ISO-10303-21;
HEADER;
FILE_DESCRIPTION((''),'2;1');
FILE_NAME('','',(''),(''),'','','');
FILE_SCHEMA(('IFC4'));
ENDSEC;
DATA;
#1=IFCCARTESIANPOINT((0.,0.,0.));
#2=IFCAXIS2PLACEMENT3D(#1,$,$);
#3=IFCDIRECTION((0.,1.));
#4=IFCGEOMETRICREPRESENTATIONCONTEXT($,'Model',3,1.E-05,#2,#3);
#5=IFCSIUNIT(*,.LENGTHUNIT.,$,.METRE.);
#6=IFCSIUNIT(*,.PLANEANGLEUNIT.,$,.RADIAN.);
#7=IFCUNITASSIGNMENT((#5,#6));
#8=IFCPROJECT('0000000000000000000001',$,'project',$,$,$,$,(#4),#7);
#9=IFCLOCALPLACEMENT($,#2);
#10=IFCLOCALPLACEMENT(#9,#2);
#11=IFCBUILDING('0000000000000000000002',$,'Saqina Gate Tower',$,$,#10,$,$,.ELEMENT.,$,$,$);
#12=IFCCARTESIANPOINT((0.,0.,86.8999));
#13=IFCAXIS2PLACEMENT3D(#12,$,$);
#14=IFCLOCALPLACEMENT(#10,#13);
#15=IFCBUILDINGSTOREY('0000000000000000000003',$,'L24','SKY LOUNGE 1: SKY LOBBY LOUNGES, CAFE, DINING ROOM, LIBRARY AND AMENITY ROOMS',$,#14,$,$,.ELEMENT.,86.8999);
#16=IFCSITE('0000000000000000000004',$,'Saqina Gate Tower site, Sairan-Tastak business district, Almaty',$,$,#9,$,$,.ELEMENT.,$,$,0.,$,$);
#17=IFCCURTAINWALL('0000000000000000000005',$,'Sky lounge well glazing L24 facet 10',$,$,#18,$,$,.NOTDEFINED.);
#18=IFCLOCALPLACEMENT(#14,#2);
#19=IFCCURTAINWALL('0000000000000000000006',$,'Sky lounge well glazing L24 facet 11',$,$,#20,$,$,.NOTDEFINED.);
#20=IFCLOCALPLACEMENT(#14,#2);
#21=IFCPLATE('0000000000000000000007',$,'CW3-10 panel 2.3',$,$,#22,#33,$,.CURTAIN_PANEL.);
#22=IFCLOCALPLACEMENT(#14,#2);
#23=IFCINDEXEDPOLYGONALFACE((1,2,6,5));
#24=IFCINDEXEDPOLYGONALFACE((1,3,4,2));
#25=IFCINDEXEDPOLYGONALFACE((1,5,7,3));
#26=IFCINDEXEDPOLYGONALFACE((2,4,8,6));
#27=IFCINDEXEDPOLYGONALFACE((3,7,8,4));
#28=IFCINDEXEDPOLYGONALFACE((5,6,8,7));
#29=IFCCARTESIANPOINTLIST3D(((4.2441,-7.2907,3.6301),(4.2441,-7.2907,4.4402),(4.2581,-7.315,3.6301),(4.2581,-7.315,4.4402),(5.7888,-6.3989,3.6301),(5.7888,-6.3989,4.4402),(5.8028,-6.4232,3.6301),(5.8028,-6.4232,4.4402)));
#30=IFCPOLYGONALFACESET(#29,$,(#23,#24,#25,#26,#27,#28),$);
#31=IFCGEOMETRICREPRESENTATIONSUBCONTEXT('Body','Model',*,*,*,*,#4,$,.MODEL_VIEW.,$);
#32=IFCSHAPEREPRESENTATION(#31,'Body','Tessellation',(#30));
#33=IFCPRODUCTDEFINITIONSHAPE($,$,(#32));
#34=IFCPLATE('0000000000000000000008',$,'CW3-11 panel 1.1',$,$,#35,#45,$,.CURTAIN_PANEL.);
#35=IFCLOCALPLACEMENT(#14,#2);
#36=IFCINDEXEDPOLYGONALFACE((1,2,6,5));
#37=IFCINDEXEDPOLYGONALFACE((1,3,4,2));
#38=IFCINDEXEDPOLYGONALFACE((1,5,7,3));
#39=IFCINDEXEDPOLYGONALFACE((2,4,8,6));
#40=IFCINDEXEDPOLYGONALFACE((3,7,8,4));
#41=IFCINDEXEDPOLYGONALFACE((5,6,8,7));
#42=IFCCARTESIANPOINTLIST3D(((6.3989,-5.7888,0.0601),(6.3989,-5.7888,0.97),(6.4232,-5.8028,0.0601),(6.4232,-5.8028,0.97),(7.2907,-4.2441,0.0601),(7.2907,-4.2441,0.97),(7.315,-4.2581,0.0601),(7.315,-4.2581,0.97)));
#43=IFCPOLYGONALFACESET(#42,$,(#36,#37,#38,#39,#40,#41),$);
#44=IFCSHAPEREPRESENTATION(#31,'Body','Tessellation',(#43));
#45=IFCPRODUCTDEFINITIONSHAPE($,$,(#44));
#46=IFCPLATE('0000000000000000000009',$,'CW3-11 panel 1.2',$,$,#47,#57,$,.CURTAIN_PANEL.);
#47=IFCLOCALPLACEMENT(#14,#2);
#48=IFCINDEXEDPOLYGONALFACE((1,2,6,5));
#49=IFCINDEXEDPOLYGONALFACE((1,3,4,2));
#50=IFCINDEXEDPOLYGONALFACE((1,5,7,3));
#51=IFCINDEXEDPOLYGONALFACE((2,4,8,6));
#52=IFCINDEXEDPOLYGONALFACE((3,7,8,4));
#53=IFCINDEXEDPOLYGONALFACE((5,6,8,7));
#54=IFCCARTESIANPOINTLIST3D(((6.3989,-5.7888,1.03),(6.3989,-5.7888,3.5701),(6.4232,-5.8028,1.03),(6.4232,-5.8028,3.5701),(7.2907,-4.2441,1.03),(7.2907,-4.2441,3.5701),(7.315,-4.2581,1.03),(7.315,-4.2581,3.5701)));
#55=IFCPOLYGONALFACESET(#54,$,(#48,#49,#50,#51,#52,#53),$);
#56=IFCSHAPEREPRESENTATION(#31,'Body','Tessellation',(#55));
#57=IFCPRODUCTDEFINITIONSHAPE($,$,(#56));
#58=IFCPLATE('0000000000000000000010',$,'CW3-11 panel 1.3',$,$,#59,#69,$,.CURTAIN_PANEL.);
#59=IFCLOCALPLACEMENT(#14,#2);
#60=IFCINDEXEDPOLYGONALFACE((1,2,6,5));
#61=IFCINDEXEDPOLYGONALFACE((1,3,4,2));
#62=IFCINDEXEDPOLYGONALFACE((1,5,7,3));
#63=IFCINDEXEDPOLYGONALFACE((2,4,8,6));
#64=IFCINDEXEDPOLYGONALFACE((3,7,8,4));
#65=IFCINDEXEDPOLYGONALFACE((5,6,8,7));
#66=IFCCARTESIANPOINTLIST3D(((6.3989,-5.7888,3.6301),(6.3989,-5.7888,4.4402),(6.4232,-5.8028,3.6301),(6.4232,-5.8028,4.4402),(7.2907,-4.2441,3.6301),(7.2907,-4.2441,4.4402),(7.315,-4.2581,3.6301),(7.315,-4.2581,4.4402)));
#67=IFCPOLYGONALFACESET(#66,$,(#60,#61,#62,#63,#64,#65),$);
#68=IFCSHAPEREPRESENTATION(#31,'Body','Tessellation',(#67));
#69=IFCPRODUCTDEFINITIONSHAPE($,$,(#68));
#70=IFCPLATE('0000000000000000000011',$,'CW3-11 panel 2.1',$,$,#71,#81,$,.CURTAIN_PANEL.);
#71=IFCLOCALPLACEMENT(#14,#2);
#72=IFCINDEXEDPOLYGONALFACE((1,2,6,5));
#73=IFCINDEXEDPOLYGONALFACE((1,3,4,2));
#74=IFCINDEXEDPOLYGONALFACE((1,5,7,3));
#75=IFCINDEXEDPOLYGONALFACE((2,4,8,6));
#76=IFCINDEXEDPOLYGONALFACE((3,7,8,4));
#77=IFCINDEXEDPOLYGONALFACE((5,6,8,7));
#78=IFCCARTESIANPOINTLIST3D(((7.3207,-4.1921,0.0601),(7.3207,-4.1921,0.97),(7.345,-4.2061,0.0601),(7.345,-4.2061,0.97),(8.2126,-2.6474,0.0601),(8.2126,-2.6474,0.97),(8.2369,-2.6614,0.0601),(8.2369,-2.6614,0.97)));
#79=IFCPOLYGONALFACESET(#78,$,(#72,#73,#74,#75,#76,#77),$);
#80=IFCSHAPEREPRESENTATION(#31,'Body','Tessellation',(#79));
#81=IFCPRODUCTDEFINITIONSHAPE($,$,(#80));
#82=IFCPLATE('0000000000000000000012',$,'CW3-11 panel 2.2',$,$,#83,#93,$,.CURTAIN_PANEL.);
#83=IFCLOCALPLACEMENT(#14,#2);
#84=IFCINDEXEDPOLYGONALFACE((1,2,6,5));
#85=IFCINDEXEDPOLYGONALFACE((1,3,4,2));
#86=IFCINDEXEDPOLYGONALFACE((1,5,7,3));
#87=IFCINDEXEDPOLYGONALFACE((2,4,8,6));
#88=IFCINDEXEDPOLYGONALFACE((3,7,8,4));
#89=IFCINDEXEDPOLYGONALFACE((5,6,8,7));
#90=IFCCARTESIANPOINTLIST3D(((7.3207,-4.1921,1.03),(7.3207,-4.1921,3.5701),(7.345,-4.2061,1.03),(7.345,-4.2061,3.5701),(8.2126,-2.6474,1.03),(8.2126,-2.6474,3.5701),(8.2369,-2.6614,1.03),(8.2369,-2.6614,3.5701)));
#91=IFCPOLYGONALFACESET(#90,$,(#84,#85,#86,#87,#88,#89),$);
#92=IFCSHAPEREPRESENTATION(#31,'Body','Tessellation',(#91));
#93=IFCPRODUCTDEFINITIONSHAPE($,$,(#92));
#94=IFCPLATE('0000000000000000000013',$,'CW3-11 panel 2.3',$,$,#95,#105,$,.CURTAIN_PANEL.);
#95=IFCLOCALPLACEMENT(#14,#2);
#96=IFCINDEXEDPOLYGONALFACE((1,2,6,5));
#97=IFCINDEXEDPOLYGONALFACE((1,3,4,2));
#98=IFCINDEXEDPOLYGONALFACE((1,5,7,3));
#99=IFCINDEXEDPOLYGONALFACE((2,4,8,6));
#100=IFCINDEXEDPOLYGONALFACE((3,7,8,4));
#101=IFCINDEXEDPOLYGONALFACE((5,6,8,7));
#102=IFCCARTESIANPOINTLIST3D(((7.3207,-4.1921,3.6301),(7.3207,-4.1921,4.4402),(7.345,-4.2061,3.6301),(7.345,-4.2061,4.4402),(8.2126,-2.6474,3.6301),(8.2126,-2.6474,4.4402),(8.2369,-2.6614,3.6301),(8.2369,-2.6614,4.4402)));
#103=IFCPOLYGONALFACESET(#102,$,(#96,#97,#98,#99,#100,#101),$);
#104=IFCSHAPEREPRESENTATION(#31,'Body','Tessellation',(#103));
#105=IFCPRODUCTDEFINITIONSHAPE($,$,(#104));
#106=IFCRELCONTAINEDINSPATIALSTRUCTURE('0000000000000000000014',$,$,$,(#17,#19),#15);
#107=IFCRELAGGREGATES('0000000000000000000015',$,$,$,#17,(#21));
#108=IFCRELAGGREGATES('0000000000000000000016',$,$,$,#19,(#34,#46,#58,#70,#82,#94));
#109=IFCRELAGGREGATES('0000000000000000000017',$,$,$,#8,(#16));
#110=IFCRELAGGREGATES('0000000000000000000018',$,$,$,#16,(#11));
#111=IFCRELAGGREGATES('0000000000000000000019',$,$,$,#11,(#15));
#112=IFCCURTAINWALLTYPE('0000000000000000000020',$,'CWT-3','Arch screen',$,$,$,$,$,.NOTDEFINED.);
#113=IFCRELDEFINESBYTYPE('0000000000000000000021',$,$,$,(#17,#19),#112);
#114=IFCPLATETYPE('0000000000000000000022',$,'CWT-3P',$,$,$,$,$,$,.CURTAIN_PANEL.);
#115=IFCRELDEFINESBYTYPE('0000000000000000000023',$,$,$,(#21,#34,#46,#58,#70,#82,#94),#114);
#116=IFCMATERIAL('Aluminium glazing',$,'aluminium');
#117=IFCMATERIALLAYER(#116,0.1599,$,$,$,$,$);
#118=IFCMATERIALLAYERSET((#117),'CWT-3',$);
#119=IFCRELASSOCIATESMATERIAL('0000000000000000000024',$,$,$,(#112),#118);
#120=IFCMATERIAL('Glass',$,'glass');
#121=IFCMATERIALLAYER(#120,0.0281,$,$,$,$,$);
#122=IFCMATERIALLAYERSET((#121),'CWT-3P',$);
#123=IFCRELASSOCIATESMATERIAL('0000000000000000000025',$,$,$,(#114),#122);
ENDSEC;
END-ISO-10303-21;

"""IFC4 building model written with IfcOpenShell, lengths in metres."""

from ifc_helpers import new_model, si_unit, direction, frame, origin, origin_2d, place, context, subcontext, project, spatial, rectangle, extrude, material, layer, layer_set, type_object, element, aggregate, save


model = new_model("IFC4")

# Units and contexts
model_context = context("Model", 3, precision=1e-05, world=origin(), true_north=direction((0.0, 1.0)))
body_context = subcontext(model_context, "Body", "Model", "MODEL_VIEW")
ifc_project = project(units=[si_unit("LENGTHUNIT", "METRE"), si_unit("PLANEANGLEUNIT", "RADIAN")], contexts=[model_context])

# Site, building, storey
site_placement = place(None, origin())
site = spatial("IfcSite", under=ifc_project, at=site_placement, Name="Saqina Gate Tower site, Sairan-Tastak business district, Almaty", CompositionType="ELEMENT", RefElevation=0.0)
building_placement = place(site_placement, origin())
building = spatial("IfcBuilding", under=site, at=building_placement, Name="Saqina Gate Tower", CompositionType="ELEMENT")
storey_placement = place(building_placement, frame((0.0, 0.0, 86.8999)))
storey = spatial("IfcBuildingStorey", under=building, at=storey_placement, Name="L24", Description="SKY LOUNGE 1: SKY LOBBY LOUNGES, CAFE, DINING ROOM, LIBRARY AND AMENITY ROOMS", CompositionType="ELEMENT", Elevation=86.8999)

# Curtain wall
ifc_material_1 = material(Name="Aluminium glazing", Category="aluminium")
ifc_layer_1 = layer(ifc_material_1, 0.1599)
ifc_layer_set_1 = layer_set([ifc_layer_1], Name="CWT-3")
curtain_wall_type = type_object("IfcCurtainWallType", Name="CWT-3", Description="Arch screen", PredefinedType="NOTDEFINED", material=ifc_layer_set_1)
curtain_wall_1_placement = place(storey_placement, origin())
curtain_wall_1 = element("IfcCurtainWall", 1, at=curtain_wall_1_placement, inside=storey, type_object=curtain_wall_type, Name="Sky lounge well glazing L24 facet 10", PredefinedType="NOTDEFINED")

# Curtain wall
curtain_wall_2_placement = place(storey_placement, origin())
curtain_wall_2 = element("IfcCurtainWall", 2, at=curtain_wall_2_placement, inside=storey, type_object=curtain_wall_type, Name="Sky lounge well glazing L24 facet 11", PredefinedType="NOTDEFINED")

# Plates
ifc_material_2 = material(Name="Glass", Category="glass")
ifc_layer_2 = layer(ifc_material_2, 0.0281)
ifc_layer_set_2 = layer_set([ifc_layer_2], Name="CWT-3P")
plate_type = type_object("IfcPlateType", Name="CWT-3P", PredefinedType="CURTAIN_PANEL", material=ifc_layer_set_2)
plate_1_placement = place(storey_placement, frame((5.0234, -6.8569, 3.6301), z_axis=(0.0, 0.0, 1.0), x_axis=(0.866029, 0.499993, 0.0)))
plate_1 = element("IfcPlate", 3, at=plate_1_placement, type_object=plate_type, Name="CW3-10 panel 2.3", PredefinedType="CURTAIN_PANEL", context=body_context, shape_type="SweptSolid", body=[
    extrude(rectangle(XDim=1.7837, YDim=0.0281, at=origin_2d()), origin(), (0.0, 0.0, 1.0), 0.8101),
])
aggregate(curtain_wall_1, [plate_1])
plate_2_placement = place(storey_placement, frame((6.8569, -5.0234, 0.0601), z_axis=(0.0, 0.0, 1.0), x_axis=(0.499993, 0.866029, 0.0)))
plate_2 = element("IfcPlate", 4, at=plate_2_placement, type_object=plate_type, Name="CW3-11 panel 1.1", PredefinedType="CURTAIN_PANEL", context=body_context, shape_type="SweptSolid", body=[
    extrude(rectangle(XDim=1.7837, YDim=0.0281, at=origin_2d()), origin(), (0.0, 0.0, 1.0), 0.9099),
])
plate_3_placement = place(storey_placement, frame((6.8569, -5.0234, 1.03), z_axis=(0.0, 0.0, 1.0), x_axis=(0.499993, 0.866029, 0.0)))
plate_3 = element("IfcPlate", 5, at=plate_3_placement, type_object=plate_type, Name="CW3-11 panel 1.2", PredefinedType="CURTAIN_PANEL", context=body_context, shape_type="SweptSolid", body=[
    extrude(rectangle(XDim=1.7837, YDim=0.0281, at=origin_2d()), origin(), (0.0, 0.0, 1.0), 2.54),
])
plate_4_placement = place(storey_placement, frame((6.8569, -5.0234, 3.6301), z_axis=(0.0, 0.0, 1.0), x_axis=(0.499993, 0.866029, 0.0)))
plate_4 = element("IfcPlate", 6, at=plate_4_placement, type_object=plate_type, Name="CW3-11 panel 1.3", PredefinedType="CURTAIN_PANEL", context=body_context, shape_type="SweptSolid", body=[
    extrude(rectangle(XDim=1.7837, YDim=0.0281, at=origin_2d()), origin(), (0.0, 0.0, 1.0), 0.8101),
])
plate_5_placement = place(storey_placement, frame((7.7788, -3.4268, 0.0601), z_axis=(0.0, 0.0, 1.0), x_axis=(0.499993, 0.866029, 0.0)))
plate_5 = element("IfcPlate", 7, at=plate_5_placement, type_object=plate_type, Name="CW3-11 panel 2.1", PredefinedType="CURTAIN_PANEL", context=body_context, shape_type="SweptSolid", body=[
    extrude(rectangle(XDim=1.7837, YDim=0.0281, at=origin_2d()), origin(), (0.0, 0.0, 1.0), 0.9099),
])
plate_6_placement = place(storey_placement, frame((7.7788, -3.4268, 1.03), z_axis=(0.0, 0.0, 1.0), x_axis=(0.499993, 0.866029, 0.0)))
plate_6 = element("IfcPlate", 8, at=plate_6_placement, type_object=plate_type, Name="CW3-11 panel 2.2", PredefinedType="CURTAIN_PANEL", context=body_context, shape_type="SweptSolid", body=[
    extrude(rectangle(XDim=1.7837, YDim=0.0281, at=origin_2d()), origin(), (0.0, 0.0, 1.0), 2.54),
])
plate_7_placement = place(storey_placement, frame((7.7788, -3.4268, 3.6301), z_axis=(0.0, 0.0, 1.0), x_axis=(0.499993, 0.866029, 0.0)))
plate_7 = element("IfcPlate", 9, at=plate_7_placement, type_object=plate_type, Name="CW3-11 panel 2.3", PredefinedType="CURTAIN_PANEL", context=body_context, shape_type="SweptSolid", body=[
    extrude(rectangle(XDim=1.7837, YDim=0.0281, at=origin_2d()), origin(), (0.0, 0.0, 1.0), 0.8101),
])
aggregate(curtain_wall_2, [plate_2, plate_3, plate_4, plate_5, plate_6, plate_7])

save(model, "model.ifc")
